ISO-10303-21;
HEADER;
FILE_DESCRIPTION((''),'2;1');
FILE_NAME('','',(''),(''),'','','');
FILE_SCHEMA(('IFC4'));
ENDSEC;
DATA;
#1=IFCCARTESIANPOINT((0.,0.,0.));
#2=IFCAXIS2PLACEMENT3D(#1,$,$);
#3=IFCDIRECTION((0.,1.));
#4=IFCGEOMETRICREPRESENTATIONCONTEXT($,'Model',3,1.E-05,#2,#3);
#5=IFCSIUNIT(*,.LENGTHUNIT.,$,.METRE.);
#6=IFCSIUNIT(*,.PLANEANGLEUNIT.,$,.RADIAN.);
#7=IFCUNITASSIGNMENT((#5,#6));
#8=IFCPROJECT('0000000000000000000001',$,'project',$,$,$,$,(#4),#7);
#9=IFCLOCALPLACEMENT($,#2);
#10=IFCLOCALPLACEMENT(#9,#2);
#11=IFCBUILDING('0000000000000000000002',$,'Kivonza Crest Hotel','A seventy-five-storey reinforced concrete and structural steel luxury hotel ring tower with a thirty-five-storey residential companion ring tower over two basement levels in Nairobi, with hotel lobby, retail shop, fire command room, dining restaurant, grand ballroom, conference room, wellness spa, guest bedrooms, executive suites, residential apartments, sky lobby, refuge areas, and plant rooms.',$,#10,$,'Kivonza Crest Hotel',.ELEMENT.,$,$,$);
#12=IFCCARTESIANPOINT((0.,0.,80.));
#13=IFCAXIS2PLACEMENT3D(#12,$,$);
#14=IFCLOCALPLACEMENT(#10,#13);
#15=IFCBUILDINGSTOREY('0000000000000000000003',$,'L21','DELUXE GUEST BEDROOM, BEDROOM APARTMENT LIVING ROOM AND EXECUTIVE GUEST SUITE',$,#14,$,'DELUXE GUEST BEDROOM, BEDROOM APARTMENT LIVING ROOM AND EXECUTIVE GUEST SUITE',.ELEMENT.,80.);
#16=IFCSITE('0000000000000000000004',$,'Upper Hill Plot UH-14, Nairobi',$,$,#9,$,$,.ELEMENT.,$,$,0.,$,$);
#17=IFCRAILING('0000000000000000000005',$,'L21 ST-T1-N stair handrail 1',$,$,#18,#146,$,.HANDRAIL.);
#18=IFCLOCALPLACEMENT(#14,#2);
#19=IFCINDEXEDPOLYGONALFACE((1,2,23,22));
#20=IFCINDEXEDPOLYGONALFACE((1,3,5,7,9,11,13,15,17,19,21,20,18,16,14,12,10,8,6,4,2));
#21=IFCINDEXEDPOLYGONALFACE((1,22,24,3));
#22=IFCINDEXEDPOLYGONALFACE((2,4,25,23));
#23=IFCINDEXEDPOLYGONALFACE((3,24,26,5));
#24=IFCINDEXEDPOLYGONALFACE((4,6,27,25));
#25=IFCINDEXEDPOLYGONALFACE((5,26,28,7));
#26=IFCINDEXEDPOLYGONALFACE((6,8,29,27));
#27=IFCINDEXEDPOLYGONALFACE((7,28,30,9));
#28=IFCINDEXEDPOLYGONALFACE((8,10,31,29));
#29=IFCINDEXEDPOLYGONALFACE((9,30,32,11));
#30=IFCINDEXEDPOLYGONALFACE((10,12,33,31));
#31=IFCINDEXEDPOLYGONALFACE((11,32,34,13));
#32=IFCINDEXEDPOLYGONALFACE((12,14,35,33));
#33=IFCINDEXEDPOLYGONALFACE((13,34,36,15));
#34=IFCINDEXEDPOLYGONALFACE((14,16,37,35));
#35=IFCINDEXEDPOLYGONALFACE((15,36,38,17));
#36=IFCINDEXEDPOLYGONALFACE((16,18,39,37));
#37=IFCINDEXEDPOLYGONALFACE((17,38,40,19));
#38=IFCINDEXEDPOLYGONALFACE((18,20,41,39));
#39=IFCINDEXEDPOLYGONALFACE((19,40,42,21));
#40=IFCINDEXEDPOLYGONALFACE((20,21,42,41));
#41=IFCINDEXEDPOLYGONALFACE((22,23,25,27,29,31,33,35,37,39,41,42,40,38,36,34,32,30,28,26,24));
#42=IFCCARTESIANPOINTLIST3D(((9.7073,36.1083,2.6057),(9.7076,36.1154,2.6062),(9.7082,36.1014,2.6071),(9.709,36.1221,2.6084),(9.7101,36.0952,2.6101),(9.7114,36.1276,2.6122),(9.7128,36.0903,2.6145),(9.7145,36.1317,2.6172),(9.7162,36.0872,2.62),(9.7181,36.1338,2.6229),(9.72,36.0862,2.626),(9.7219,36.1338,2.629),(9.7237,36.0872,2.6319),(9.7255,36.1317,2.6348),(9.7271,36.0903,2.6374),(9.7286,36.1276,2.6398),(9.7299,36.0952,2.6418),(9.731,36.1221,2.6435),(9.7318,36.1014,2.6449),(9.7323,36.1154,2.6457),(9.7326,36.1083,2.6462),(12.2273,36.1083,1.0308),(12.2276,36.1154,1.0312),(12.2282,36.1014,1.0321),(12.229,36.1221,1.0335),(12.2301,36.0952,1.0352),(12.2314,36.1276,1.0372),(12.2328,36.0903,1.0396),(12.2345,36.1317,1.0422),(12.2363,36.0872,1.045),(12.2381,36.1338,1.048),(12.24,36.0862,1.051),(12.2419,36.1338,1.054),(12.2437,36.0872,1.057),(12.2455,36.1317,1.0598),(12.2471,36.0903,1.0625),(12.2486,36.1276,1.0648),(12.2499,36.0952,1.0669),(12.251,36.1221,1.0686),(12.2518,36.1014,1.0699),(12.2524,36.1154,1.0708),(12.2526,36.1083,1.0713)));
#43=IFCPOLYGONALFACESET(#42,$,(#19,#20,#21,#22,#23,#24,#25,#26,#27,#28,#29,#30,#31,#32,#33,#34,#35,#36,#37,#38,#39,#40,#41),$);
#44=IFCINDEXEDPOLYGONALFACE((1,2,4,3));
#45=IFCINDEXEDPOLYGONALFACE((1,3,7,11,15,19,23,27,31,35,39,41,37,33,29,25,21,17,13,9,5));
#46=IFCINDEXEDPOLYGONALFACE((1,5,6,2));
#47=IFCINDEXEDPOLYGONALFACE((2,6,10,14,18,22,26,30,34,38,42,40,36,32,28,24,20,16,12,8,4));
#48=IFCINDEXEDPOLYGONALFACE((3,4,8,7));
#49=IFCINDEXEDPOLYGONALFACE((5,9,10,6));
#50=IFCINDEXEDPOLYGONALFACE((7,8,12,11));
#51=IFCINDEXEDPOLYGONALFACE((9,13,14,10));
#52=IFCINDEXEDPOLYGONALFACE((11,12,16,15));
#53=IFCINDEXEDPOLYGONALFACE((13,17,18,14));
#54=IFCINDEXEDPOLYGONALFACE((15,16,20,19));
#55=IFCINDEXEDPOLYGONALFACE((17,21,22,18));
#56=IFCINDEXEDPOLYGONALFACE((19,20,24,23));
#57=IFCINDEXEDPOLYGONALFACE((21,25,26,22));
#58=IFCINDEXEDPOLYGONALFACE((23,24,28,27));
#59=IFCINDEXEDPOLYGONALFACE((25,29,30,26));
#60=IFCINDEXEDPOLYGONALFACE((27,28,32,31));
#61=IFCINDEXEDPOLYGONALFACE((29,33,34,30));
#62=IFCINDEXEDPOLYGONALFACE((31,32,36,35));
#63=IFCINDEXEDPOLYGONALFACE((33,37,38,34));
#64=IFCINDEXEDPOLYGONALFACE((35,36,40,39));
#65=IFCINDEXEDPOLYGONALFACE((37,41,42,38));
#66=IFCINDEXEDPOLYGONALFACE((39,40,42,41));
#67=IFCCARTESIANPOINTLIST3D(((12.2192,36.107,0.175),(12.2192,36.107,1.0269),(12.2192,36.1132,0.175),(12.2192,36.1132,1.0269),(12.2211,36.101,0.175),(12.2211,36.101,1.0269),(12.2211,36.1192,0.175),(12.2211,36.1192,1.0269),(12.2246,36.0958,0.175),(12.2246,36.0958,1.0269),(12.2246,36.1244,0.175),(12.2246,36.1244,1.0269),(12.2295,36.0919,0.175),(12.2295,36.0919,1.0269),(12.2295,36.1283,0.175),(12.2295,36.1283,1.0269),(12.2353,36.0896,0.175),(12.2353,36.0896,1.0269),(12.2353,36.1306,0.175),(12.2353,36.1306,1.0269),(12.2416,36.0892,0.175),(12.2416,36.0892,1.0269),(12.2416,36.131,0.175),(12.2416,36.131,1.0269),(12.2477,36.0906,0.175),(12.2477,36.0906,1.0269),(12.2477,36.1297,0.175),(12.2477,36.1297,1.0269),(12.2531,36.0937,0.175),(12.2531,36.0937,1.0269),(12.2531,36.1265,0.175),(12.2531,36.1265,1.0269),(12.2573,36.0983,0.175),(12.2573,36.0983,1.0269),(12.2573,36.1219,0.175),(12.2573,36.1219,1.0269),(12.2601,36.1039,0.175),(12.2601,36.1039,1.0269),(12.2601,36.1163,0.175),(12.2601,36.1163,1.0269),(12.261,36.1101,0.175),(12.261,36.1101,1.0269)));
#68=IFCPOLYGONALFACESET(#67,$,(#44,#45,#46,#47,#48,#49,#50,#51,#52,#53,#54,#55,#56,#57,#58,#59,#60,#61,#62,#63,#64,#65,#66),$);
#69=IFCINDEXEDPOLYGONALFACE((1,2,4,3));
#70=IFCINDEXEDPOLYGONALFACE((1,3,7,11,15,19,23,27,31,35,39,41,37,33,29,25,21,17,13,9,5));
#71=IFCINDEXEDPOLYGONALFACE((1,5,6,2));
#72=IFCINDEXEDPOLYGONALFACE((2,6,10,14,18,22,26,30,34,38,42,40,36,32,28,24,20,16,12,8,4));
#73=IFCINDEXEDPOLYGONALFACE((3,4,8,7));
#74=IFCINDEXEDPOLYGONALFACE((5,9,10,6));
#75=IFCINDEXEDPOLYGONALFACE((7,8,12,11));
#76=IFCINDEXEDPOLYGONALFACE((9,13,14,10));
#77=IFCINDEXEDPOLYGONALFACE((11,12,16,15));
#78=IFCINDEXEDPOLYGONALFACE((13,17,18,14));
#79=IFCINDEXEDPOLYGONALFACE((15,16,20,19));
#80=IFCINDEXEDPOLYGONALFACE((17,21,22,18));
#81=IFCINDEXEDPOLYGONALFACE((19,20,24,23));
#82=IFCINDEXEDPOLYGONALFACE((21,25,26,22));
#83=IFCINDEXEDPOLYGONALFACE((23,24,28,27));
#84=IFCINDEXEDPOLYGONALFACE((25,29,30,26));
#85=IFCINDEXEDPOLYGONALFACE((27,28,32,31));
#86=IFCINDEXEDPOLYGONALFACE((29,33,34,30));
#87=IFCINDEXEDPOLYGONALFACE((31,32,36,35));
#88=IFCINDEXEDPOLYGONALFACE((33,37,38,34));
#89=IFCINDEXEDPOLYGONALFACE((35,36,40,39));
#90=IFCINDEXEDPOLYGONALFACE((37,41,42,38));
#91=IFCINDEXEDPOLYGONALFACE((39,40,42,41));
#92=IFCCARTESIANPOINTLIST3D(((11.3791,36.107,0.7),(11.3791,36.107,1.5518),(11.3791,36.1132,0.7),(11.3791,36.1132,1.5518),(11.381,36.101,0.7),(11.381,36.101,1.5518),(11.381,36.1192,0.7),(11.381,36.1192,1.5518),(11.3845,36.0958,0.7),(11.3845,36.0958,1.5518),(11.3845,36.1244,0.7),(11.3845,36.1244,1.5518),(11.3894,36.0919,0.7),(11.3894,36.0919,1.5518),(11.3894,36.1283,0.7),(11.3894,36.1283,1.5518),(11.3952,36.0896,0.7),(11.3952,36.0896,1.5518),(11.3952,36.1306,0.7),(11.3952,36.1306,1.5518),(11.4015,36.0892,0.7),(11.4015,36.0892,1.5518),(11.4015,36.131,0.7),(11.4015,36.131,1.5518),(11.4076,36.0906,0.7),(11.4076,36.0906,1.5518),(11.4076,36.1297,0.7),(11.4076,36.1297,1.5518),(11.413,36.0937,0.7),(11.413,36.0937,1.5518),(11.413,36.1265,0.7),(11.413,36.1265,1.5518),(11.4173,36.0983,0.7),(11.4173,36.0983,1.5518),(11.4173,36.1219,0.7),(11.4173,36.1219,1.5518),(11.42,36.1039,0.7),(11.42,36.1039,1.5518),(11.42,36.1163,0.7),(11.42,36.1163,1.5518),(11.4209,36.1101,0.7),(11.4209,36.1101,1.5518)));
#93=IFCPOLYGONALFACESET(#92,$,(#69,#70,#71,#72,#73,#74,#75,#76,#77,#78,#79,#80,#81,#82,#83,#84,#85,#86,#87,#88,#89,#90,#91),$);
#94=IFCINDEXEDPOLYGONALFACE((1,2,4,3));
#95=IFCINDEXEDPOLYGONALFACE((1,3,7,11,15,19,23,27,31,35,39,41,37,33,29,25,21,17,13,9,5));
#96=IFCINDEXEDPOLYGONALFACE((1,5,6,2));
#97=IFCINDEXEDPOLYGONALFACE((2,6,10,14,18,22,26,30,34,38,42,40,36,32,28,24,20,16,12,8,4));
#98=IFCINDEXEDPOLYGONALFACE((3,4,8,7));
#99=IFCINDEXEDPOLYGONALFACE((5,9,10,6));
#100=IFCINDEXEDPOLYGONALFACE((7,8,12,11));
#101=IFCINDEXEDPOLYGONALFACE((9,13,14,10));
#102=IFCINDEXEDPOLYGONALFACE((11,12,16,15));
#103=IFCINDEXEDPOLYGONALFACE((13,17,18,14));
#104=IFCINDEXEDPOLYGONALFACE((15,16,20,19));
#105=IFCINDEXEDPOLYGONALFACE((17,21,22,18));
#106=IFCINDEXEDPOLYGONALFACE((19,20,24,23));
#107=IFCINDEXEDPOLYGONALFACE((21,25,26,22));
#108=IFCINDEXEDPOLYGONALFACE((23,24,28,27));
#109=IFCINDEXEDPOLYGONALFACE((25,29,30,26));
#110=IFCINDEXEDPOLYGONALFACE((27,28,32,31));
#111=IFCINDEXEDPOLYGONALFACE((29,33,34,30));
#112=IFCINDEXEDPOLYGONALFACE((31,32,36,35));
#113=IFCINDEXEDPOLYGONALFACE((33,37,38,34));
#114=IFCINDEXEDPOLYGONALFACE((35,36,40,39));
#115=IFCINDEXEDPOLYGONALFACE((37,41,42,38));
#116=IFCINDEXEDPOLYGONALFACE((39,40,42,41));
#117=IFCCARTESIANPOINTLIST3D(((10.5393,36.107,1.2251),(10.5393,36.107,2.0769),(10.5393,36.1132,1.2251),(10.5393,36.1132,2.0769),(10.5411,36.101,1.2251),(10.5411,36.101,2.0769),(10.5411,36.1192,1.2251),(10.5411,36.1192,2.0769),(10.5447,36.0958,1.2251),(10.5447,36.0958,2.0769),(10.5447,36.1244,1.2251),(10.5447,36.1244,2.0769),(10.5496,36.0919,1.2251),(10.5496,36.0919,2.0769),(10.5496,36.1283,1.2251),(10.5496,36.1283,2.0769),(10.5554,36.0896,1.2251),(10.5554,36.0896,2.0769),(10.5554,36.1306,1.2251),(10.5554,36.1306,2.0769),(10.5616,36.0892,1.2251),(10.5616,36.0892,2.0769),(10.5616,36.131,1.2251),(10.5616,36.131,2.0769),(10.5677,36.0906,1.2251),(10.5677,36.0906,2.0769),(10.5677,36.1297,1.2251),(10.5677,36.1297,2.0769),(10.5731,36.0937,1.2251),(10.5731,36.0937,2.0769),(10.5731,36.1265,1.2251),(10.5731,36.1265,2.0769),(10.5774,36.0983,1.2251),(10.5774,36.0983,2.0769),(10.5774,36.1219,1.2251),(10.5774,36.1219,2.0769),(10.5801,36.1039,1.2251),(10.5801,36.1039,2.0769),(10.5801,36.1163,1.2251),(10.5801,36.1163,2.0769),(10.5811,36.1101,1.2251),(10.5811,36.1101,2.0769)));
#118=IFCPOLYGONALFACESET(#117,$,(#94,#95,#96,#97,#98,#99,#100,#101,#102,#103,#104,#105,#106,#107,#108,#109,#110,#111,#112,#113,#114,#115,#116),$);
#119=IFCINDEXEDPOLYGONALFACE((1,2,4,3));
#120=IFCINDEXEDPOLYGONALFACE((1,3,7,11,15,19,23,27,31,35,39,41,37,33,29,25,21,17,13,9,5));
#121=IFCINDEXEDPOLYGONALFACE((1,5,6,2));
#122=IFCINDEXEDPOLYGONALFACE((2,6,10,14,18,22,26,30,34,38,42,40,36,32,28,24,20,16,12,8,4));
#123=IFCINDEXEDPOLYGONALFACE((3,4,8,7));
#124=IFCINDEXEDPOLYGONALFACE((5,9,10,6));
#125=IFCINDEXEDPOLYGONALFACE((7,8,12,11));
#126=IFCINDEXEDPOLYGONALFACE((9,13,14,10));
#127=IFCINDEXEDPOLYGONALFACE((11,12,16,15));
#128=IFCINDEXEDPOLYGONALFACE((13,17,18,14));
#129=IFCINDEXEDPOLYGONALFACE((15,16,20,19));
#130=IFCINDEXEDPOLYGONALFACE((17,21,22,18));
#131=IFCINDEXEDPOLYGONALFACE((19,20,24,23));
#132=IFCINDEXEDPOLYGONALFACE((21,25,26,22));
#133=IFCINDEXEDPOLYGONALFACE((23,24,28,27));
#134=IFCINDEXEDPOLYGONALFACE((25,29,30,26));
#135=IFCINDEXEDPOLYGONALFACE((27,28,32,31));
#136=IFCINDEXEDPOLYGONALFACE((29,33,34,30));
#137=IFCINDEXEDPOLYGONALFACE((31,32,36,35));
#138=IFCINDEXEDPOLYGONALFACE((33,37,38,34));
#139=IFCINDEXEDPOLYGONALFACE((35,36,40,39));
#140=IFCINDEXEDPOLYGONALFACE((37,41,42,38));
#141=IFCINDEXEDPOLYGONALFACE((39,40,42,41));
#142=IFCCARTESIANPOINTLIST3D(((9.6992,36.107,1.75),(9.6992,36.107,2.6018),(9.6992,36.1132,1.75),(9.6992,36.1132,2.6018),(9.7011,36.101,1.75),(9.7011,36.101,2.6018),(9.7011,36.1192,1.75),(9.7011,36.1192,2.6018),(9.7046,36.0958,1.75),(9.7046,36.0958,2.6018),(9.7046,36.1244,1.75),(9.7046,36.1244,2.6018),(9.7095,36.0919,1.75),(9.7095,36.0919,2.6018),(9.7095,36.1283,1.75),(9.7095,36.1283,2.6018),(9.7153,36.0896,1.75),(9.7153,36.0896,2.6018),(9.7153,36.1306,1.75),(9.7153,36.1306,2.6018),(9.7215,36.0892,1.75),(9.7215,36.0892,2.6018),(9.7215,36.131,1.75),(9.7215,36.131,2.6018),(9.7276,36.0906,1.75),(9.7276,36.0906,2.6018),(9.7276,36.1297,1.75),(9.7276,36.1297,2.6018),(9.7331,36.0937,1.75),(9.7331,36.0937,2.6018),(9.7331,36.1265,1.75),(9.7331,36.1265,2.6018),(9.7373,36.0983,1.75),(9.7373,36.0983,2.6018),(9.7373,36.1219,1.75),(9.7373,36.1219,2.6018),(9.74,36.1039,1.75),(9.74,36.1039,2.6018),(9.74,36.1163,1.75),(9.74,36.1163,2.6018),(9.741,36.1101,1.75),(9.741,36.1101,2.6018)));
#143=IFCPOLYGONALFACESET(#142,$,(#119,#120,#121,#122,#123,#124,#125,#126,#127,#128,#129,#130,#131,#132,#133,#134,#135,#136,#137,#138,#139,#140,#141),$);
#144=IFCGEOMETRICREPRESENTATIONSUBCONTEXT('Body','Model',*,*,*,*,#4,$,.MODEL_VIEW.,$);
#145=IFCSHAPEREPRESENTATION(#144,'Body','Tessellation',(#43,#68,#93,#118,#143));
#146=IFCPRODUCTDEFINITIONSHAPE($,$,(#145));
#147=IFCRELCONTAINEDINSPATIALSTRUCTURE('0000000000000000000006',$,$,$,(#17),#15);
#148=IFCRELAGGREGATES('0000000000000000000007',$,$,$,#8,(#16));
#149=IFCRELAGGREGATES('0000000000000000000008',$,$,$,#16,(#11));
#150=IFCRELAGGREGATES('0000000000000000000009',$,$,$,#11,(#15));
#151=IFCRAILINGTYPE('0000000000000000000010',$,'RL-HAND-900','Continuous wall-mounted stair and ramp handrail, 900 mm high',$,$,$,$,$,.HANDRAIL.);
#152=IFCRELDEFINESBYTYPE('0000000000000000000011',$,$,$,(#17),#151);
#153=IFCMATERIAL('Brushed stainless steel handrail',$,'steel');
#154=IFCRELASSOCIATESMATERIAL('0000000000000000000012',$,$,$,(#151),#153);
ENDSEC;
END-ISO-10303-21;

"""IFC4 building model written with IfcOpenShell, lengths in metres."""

from ifc_helpers import new_model, si_unit, direction, frame, origin, origin_2d, place, context, subcontext, project, spatial, circle, extrude, material, type_object, element, save


model = new_model("IFC4")

# Units and contexts
model_context = context("Model", 3, precision=1e-05, world=origin(), true_north=direction((0.0, 1.0)))
body_context = subcontext(model_context, "Body", "Model", "MODEL_VIEW")
ifc_project = project(units=[si_unit("LENGTHUNIT", "METRE"), si_unit("PLANEANGLEUNIT", "RADIAN")], contexts=[model_context])

# Site, building, storey
site_placement = place(None, origin())
site = spatial("IfcSite", under=ifc_project, at=site_placement, Name="Upper Hill Plot UH-14, Nairobi", CompositionType="ELEMENT", RefElevation=0.0)
building_placement = place(site_placement, origin())
building = spatial("IfcBuilding", under=site, at=building_placement, Name="Kivonza Crest Hotel", Description="A seventy-five-storey reinforced concrete and structural steel luxury hotel ring tower with a thirty-five-storey residential companion ring tower over two basement levels in Nairobi, with hotel lobby, retail shop, fire command room, dining restaurant, grand ballroom, conference room, wellness spa, guest bedrooms, executive suites, residential apartments, sky lobby, refuge areas, and plant rooms.", LongName="Kivonza Crest Hotel", CompositionType="ELEMENT")
storey_placement = place(building_placement, frame((0.0, 0.0, 80.0)))
storey = spatial("IfcBuildingStorey", under=building, at=storey_placement, Name="L21", Description="DELUXE GUEST BEDROOM, BEDROOM APARTMENT LIVING ROOM AND EXECUTIVE GUEST SUITE", LongName="DELUXE GUEST BEDROOM, BEDROOM APARTMENT LIVING ROOM AND EXECUTIVE GUEST SUITE", CompositionType="ELEMENT", Elevation=80.0)

# Railing
ifc_material_1 = material(Name="Brushed stainless steel handrail", Category="steel")
railing_type_1 = type_object("IfcRailingType", Name="RL-HAND-900", Description="Continuous wall-mounted stair and ramp handrail, 900 mm high", PredefinedType="HANDRAIL", material=ifc_material_1)
railing_1_placement = place(storey_placement, frame((12.24, 36.1101, 0.175)))
element("IfcRailing", 1, at=railing_1_placement, inside=storey, type_object=railing_type_1, Name="L21 ST-T1-N stair handrail 1", PredefinedType="HANDRAIL", context=body_context, shape_type="SweptSolid", body=[
    extrude(circle(Radius=0.0239, at=origin_2d()), frame((0.0, 0.0, 0.876), z_axis=(-0.848008, 0.0, 0.529984), x_axis=(0.0, -1.0, 0.0)), (0.0, 0.0, 1.0), 2.9717),
    extrude(circle(Radius=0.021, at=origin_2d()), origin(), (0.0, 0.0, 1.0), 0.8518),
    extrude(circle(Radius=0.021, at=origin_2d()), frame((-0.8401, 0.0, 0.5249)), (0.0, 0.0, 1.0), 0.8518),
    extrude(circle(Radius=0.021, at=origin_2d()), frame((-1.6799, 0.0, 1.05)), (0.0, 0.0, 1.0), 0.8518),
    extrude(circle(Radius=0.021, at=origin_2d()), frame((-2.52, 0.0, 1.575)), (0.0, 0.0, 1.0), 0.8518),
])

save(model, "model.ifc")
